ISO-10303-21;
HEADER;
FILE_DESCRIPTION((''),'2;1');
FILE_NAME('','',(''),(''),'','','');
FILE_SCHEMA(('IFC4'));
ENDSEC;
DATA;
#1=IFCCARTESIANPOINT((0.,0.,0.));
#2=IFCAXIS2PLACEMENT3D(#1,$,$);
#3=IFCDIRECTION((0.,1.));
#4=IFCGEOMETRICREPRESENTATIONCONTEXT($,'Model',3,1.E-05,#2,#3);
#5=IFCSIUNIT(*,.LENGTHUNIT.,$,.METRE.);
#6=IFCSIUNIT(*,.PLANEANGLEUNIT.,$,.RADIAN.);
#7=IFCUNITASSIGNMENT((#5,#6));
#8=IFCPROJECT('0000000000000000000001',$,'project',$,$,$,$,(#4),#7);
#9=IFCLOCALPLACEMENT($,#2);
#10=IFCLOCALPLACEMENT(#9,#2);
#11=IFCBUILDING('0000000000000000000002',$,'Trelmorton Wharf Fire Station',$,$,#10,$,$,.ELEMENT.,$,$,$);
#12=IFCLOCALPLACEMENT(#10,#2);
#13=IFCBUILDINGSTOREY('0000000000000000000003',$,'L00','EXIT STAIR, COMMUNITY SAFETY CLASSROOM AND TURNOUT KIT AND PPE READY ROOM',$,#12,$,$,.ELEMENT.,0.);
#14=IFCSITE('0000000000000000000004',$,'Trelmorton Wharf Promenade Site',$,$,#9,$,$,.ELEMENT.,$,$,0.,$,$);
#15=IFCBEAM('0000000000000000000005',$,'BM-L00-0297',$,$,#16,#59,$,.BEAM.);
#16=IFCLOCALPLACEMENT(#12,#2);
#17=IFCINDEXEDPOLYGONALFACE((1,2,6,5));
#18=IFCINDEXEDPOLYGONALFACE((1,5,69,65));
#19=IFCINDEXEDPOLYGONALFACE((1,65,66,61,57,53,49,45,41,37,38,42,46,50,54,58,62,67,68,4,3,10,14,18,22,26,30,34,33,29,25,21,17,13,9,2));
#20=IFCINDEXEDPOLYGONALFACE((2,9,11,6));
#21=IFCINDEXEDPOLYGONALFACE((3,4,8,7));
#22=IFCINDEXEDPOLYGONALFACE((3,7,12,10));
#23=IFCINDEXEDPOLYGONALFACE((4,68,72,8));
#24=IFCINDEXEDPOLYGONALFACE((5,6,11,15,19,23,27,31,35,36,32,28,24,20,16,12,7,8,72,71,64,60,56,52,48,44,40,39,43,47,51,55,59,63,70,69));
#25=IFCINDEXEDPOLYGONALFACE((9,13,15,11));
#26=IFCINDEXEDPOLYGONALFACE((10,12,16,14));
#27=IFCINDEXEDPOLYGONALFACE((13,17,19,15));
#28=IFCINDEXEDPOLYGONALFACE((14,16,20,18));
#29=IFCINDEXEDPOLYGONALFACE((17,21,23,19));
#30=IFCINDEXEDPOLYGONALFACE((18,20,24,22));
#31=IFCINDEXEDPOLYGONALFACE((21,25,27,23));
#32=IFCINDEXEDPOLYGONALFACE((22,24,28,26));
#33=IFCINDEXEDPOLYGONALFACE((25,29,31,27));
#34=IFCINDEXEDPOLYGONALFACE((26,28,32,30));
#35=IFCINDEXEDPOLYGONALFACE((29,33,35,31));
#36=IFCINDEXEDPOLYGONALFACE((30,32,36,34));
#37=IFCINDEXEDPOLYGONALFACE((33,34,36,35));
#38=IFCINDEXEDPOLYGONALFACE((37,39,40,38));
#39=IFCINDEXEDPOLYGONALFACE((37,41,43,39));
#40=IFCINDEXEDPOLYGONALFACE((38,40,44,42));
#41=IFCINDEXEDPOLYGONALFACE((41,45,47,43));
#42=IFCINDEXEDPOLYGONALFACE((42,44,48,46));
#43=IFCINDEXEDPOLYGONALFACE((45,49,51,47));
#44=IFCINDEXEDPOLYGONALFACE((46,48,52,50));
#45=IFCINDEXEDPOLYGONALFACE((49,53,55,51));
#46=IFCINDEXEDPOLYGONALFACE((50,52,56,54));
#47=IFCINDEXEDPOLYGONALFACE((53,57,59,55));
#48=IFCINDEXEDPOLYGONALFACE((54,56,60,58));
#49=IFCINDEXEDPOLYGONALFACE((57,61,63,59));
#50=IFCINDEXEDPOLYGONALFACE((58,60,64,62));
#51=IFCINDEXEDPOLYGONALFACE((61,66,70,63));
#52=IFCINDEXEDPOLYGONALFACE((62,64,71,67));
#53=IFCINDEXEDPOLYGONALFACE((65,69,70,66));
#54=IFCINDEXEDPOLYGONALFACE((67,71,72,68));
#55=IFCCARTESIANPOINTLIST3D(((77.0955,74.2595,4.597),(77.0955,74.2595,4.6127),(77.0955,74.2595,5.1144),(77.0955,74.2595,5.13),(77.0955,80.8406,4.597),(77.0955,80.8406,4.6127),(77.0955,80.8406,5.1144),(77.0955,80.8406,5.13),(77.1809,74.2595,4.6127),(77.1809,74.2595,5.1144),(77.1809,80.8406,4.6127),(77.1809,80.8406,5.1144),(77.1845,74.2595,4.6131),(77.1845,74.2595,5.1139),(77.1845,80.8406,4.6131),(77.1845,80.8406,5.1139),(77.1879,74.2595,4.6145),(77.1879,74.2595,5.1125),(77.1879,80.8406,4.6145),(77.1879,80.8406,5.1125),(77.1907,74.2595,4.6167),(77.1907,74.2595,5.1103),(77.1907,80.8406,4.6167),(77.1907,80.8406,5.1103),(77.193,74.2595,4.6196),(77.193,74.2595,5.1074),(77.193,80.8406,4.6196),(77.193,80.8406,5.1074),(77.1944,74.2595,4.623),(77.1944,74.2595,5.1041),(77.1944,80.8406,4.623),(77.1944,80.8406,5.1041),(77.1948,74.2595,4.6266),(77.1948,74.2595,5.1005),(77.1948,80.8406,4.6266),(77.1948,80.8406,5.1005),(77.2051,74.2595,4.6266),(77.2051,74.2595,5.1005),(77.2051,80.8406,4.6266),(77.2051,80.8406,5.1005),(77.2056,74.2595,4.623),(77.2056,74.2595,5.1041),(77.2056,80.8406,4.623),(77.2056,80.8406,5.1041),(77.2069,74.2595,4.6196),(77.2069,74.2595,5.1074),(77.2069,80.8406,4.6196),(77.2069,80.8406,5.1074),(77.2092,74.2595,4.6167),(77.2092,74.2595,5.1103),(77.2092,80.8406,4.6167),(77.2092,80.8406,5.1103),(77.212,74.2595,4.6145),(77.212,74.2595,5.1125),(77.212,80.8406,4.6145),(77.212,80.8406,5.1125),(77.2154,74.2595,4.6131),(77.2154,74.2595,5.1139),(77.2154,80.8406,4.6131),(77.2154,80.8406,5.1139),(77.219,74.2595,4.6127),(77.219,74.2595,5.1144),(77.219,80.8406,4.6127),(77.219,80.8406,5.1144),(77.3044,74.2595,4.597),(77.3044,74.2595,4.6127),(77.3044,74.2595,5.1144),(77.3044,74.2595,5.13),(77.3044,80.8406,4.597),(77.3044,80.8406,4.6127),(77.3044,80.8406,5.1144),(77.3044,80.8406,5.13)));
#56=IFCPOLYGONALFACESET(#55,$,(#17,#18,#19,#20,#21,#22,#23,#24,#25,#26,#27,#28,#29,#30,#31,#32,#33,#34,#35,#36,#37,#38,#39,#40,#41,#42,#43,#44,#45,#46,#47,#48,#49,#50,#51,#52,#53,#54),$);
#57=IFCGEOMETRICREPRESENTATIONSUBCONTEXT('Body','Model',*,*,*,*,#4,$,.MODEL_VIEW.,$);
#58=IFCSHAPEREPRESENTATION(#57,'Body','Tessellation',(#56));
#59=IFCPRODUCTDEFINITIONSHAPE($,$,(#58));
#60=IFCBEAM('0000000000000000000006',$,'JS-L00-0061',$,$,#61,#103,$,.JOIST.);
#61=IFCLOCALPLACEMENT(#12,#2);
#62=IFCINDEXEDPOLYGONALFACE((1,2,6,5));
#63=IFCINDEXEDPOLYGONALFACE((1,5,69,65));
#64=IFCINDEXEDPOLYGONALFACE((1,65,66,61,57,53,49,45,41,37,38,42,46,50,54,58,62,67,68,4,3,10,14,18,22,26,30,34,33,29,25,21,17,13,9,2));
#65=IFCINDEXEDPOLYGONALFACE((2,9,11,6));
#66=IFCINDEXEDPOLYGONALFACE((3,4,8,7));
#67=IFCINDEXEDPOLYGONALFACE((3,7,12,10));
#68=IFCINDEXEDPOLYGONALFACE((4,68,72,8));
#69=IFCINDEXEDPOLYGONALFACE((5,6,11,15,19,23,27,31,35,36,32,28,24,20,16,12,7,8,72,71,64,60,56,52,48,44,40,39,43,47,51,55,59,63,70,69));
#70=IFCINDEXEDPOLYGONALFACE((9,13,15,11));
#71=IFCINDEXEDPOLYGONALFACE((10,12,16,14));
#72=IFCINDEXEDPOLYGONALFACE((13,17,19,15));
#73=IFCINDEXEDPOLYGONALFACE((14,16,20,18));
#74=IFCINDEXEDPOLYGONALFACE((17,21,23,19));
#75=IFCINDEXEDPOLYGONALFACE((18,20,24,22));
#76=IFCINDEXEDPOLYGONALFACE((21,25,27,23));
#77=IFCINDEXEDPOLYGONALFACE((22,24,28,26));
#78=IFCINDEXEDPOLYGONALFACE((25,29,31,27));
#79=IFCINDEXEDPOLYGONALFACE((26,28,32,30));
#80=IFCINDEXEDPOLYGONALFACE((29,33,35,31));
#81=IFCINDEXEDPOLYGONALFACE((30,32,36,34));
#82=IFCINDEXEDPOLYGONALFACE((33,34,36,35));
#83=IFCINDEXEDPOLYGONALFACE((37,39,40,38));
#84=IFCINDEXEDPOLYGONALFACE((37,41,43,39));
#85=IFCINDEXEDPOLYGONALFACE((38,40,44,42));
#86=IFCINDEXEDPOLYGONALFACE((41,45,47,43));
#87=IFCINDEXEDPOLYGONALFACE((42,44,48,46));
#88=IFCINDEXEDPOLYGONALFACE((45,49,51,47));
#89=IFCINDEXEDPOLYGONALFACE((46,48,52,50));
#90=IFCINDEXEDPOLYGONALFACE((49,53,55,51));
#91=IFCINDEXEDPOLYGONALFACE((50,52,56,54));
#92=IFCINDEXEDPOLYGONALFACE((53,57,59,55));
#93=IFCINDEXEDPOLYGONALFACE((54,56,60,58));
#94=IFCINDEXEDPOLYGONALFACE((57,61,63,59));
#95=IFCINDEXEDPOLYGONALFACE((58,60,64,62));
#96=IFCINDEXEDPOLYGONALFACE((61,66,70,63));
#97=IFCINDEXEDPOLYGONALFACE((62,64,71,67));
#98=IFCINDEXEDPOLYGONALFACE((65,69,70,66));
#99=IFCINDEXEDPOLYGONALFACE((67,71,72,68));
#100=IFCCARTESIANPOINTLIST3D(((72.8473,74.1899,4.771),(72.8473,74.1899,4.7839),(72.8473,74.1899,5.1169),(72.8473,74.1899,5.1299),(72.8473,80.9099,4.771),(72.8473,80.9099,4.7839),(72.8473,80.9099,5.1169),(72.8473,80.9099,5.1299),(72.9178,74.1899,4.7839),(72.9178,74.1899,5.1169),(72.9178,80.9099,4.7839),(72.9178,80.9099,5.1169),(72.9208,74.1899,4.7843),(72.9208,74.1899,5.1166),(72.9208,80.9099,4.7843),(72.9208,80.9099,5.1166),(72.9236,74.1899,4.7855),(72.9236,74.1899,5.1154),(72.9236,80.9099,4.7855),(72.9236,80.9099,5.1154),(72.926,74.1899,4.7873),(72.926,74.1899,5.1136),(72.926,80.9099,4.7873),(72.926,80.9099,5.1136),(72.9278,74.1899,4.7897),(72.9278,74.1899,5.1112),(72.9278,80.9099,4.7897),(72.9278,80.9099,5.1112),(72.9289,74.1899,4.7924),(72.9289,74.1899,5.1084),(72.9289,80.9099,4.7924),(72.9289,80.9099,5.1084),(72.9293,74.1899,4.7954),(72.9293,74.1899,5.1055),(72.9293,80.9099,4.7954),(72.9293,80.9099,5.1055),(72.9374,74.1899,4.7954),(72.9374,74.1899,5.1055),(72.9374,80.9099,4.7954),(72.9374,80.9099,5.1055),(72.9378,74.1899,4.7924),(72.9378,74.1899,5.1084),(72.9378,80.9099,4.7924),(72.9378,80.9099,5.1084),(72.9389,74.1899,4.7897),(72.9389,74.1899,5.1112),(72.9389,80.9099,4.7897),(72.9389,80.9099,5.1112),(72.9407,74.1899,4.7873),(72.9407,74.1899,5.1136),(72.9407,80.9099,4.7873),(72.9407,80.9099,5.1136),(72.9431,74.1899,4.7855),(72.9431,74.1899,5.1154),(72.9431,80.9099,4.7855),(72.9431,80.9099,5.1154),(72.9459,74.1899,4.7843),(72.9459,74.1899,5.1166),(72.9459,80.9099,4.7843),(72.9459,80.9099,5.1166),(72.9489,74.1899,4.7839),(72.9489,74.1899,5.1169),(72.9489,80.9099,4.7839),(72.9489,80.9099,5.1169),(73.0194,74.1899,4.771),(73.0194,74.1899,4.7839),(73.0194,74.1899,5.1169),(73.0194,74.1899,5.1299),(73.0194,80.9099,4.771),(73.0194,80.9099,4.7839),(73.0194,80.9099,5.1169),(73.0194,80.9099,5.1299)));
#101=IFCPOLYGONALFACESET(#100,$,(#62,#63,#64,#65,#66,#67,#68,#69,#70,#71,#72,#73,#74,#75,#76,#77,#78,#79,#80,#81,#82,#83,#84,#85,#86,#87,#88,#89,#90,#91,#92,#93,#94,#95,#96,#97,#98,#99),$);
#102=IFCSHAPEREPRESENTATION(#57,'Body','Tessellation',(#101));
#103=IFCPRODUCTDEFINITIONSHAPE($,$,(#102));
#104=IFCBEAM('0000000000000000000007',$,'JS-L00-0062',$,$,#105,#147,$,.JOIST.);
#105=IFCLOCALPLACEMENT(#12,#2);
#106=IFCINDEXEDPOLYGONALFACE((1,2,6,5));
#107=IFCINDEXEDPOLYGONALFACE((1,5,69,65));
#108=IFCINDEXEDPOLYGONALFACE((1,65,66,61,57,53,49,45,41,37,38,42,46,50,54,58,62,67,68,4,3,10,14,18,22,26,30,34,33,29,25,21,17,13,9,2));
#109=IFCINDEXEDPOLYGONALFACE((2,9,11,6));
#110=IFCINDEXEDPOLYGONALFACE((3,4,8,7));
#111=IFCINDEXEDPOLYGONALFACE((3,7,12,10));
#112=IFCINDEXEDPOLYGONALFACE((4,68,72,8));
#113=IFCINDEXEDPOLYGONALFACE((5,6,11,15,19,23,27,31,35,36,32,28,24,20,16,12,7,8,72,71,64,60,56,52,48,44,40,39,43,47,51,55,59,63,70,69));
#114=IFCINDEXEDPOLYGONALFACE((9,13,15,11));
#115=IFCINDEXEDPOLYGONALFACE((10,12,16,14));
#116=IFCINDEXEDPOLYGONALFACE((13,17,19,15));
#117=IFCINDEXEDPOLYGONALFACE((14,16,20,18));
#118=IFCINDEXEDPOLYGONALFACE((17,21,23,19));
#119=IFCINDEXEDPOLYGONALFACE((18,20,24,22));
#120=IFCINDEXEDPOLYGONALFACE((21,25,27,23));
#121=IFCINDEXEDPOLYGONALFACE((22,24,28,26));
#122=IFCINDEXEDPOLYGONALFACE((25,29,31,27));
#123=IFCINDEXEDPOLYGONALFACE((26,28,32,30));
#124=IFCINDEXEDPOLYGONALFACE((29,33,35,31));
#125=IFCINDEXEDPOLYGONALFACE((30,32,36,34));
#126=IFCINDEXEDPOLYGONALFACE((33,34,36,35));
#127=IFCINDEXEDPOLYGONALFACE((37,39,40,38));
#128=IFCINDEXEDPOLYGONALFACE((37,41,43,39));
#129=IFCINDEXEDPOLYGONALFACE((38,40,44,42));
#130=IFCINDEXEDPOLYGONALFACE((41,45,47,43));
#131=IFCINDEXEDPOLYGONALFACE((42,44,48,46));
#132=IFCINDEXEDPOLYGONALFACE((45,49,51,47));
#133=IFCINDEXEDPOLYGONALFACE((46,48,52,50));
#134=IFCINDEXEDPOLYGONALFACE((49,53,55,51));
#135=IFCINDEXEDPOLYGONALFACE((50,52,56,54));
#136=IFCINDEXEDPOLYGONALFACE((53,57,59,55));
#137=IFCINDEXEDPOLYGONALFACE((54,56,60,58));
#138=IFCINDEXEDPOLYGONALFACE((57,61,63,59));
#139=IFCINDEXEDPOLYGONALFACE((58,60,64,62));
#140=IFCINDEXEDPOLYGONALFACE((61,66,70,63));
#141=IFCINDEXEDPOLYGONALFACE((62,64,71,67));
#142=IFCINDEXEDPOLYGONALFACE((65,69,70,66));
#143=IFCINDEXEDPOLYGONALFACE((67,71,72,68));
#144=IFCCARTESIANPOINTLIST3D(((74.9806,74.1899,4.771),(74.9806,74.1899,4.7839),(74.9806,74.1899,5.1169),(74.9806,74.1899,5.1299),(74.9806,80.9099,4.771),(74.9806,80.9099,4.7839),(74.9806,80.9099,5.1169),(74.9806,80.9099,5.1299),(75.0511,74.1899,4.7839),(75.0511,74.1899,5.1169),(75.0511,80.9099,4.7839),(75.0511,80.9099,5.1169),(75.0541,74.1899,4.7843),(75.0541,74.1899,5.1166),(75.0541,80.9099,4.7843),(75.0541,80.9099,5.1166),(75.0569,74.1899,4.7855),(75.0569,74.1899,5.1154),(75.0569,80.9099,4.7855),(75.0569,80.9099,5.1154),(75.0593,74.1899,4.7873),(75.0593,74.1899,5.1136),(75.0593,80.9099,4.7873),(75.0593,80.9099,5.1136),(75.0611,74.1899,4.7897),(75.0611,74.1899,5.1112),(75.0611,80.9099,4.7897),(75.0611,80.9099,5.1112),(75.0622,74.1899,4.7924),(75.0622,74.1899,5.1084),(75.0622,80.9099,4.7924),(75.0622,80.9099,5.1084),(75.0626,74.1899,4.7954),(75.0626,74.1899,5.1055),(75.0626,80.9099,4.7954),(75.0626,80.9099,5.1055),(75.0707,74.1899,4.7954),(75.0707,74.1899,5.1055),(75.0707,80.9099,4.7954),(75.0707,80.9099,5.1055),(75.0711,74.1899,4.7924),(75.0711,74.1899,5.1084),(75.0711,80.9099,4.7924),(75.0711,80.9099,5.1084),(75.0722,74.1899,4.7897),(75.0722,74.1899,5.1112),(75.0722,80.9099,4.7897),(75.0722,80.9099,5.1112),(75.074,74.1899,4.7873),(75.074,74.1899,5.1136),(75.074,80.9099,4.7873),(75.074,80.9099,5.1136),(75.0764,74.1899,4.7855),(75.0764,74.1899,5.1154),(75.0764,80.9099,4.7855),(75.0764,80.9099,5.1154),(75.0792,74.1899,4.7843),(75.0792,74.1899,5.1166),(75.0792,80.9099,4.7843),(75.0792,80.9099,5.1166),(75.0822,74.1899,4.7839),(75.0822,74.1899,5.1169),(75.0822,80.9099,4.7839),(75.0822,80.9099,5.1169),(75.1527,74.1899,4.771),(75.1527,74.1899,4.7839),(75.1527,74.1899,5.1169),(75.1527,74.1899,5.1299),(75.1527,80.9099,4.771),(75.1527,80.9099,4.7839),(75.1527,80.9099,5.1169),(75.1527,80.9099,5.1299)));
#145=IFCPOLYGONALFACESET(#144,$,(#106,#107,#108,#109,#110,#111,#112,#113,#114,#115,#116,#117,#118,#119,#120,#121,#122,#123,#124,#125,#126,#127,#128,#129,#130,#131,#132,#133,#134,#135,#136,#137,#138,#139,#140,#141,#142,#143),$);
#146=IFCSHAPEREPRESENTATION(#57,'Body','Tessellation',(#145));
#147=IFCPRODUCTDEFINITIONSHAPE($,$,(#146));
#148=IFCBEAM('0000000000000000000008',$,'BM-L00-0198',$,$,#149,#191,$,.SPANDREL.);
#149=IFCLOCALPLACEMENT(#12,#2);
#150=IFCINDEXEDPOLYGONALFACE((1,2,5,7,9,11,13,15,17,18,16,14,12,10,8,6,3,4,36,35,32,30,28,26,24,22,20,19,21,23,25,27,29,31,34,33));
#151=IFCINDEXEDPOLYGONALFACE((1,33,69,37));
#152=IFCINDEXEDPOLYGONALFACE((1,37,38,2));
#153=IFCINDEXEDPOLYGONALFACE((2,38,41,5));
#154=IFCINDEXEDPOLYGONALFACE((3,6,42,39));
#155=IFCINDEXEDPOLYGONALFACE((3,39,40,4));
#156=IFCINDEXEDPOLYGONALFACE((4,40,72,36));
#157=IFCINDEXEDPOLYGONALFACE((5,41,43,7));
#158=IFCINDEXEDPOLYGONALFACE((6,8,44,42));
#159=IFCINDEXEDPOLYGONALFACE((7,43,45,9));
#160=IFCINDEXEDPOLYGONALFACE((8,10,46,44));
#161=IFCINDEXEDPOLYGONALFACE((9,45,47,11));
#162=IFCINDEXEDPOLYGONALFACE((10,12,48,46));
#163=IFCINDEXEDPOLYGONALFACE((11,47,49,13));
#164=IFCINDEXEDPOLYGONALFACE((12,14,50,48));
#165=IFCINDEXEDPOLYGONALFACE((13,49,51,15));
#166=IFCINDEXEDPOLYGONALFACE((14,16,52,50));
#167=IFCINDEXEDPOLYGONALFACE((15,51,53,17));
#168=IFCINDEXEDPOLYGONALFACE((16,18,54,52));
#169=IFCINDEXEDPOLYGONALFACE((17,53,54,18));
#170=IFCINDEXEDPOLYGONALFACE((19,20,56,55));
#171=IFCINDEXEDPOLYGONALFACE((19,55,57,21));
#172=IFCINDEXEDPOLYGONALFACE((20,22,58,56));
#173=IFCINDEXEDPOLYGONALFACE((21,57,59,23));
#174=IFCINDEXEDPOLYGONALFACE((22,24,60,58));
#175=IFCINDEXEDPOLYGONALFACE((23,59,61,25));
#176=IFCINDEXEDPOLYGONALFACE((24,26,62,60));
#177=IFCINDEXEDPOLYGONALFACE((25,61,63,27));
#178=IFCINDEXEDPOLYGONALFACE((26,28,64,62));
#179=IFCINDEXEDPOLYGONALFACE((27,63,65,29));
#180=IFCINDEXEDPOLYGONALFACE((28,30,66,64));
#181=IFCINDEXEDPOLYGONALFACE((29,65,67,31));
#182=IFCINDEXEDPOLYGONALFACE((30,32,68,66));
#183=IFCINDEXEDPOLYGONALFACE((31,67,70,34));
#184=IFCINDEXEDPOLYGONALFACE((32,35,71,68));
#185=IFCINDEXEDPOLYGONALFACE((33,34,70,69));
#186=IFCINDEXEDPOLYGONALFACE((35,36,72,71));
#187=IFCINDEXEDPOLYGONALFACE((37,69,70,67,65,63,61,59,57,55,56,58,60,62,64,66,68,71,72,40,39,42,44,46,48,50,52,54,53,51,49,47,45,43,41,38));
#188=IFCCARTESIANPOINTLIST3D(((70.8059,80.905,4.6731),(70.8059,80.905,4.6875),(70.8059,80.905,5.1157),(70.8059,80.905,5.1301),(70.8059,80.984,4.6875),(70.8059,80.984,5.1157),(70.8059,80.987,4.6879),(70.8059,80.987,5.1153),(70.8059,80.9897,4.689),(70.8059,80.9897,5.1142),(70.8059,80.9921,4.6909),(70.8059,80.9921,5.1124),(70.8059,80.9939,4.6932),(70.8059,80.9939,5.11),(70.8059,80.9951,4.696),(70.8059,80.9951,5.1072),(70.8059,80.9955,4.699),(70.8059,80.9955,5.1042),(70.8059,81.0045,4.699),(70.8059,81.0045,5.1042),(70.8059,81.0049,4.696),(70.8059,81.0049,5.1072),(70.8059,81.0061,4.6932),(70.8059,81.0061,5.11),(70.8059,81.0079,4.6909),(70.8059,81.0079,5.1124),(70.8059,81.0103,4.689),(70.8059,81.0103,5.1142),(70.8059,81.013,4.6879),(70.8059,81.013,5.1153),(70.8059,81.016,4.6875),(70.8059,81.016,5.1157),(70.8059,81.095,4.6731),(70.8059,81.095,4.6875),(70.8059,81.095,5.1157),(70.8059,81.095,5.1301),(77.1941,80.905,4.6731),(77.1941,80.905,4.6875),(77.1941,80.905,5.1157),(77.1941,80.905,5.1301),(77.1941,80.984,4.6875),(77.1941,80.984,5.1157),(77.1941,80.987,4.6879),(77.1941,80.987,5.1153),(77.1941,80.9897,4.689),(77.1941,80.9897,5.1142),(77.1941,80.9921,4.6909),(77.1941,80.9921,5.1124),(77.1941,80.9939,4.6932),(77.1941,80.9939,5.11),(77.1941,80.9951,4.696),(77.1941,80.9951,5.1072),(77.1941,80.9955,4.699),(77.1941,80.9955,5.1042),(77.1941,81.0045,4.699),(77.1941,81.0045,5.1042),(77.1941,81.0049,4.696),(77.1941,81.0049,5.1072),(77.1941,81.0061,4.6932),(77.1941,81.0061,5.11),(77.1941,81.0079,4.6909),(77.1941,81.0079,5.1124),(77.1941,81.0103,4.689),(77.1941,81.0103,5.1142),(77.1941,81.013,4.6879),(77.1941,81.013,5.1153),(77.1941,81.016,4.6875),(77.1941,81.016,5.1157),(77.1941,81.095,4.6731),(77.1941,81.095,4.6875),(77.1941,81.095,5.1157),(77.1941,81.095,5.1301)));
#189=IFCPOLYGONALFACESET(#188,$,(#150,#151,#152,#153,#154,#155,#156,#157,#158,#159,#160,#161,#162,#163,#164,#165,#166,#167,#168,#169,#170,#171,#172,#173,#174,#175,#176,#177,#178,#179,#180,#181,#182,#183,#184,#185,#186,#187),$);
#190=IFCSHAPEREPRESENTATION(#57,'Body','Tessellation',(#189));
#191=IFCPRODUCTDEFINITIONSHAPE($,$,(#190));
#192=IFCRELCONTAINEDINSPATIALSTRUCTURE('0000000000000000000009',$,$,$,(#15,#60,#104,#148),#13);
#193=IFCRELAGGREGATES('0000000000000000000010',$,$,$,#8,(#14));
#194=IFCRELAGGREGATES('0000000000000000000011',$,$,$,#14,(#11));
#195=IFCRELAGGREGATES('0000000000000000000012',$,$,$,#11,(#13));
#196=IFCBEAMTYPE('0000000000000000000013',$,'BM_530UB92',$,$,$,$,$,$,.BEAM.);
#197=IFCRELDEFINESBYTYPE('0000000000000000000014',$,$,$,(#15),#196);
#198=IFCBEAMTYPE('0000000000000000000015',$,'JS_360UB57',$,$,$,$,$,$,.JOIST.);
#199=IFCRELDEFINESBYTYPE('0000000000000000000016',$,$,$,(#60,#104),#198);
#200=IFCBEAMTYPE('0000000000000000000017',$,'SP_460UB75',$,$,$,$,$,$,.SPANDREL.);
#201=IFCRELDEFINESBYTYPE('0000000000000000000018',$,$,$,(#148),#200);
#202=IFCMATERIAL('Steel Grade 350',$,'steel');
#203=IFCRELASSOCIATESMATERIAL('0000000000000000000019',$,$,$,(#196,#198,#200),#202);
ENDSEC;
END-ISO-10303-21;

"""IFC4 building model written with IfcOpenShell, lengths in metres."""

from ifc_helpers import new_model, si_unit, direction, frame, origin, origin_2d, place, context, subcontext, project, spatial, i_section, extrude, material, material_profile, profile_set, type_object, element, save


model = new_model("IFC4")

# Units and contexts
model_context = context("Model", 3, precision=1e-05, world=origin(), true_north=direction((0.0, 1.0)))
body_context = subcontext(model_context, "Body", "Model", "MODEL_VIEW")
ifc_project = project(units=[si_unit("LENGTHUNIT", "METRE"), si_unit("PLANEANGLEUNIT", "RADIAN")], contexts=[model_context])

# Site, building, storey
site_placement = place(None, origin())
site = spatial("IfcSite", under=ifc_project, at=site_placement, Name="Trelmorton Wharf Promenade Site", CompositionType="ELEMENT", RefElevation=0.0)
building_placement = place(site_placement, origin())
building = spatial("IfcBuilding", under=site, at=building_placement, Name="Trelmorton Wharf Fire Station", CompositionType="ELEMENT")
storey_placement = place(building_placement, origin())
storey = spatial("IfcBuildingStorey", under=building, at=storey_placement, Name="L00", Description="EXIT STAIR, COMMUNITY SAFETY CLASSROOM AND TURNOUT KIT AND PPE READY ROOM", CompositionType="ELEMENT", Elevation=0.0)

# Shared definitions
ifc_material_1 = material(Name="Steel Grade 350", Category="steel")

# Beams
ifc_material_profile_1 = material_profile(ifc_material_1, i_section(OverallWidth=0.209, OverallDepth=0.533, WebThickness=0.0103, FlangeThickness=0.0156, FilletRadius=0.0139, at=origin_2d()), Name="530UB92.4")
ifc_profile_set_1 = profile_set([ifc_material_profile_1], Name="Steel Grade 350")
beam_type_1 = type_object("IfcBeamType", Name="BM_530UB92", PredefinedType="BEAM", material=ifc_profile_set_1)
beam_placement = place(storey_placement, frame((77.2, 74.2595, 4.8635), z_axis=(0.0, 1.0, 0.0), x_axis=(-1.0, 0.0, 0.0)))
element("IfcBeam", 1, at=beam_placement, inside=storey, type_object=beam_type_1, Name="BM-L00-0297", PredefinedType="BEAM", context=body_context, shape_type="SweptSolid", body=[
    extrude(i_section(OverallWidth=0.209, OverallDepth=0.533, WebThickness=0.0103, FlangeThickness=0.0156, FilletRadius=0.0139, at=origin_2d()), origin(), (0.0, 0.0, 1.0), 6.5811),
])
ifc_material_profile_2 = material_profile(ifc_material_1, i_section(OverallWidth=0.1721, OverallDepth=0.3589, WebThickness=0.0081, FlangeThickness=0.0129, FilletRadius=0.0115, at=origin_2d()), Name="360UB56.7")
ifc_profile_set_2 = profile_set([ifc_material_profile_2], Name="Steel Grade 350")
beam_type_2 = type_object("IfcBeamType", Name="JS_360UB57", PredefinedType="JOIST", material=ifc_profile_set_2)
for number, where, z_axis, x_axis, name in (
    (2, (72.9333, 74.1899, 4.9504), (0.0, 1.0, 0.0), (-1.0, 0.0, 0.0), "JS-L00-0061"),
    (3, (75.0667, 74.1899, 4.9504), (0.0, 1.0, 0.0), (-1.0, 0.0, 0.0), "JS-L00-0062"),
):
    element("IfcBeam", number, at=place(storey_placement, frame(where, z_axis=z_axis, x_axis=x_axis)), inside=storey, type_object=beam_type_2, Name=name, PredefinedType="JOIST", context=body_context, shape_type="SweptSolid", body=[
        extrude(i_section(OverallWidth=0.1721, OverallDepth=0.3589, WebThickness=0.0081, FlangeThickness=0.0129, FilletRadius=0.0115, at=origin_2d()), origin(), (0.0, 0.0, 1.0), 6.72),
    ])
ifc_material_profile_3 = material_profile(ifc_material_1, i_section(OverallWidth=0.1899, OverallDepth=0.457, WebThickness=0.009, FlangeThickness=0.0144, FilletRadius=0.0115, at=origin_2d()), Name="460UB74.6")
ifc_profile_set_3 = profile_set([ifc_material_profile_3], Name="Steel Grade 350")
beam_type_3 = type_object("IfcBeamType", Name="SP_460UB75", PredefinedType="SPANDREL", material=ifc_profile_set_3)
for number, where, z_axis, x_axis, name in (
    (4, (70.8059, 81.0, 4.9016), (1.0, 0.0, 0.0), (0.0, 1.0, 0.0), "BM-L00-0198"),
):
    element("IfcBeam", number, at=place(storey_placement, frame(where, z_axis=z_axis, x_axis=x_axis)), inside=storey, type_object=beam_type_3, Name=name, PredefinedType="SPANDREL", context=body_context, shape_type="SweptSolid", body=[
        extrude(i_section(OverallWidth=0.1899, OverallDepth=0.457, WebThickness=0.009, FlangeThickness=0.0144, FilletRadius=0.0115, at=origin_2d()), origin(), (0.0, 0.0, 1.0), 6.3882),
    ])

save(model, "model.ifc")
